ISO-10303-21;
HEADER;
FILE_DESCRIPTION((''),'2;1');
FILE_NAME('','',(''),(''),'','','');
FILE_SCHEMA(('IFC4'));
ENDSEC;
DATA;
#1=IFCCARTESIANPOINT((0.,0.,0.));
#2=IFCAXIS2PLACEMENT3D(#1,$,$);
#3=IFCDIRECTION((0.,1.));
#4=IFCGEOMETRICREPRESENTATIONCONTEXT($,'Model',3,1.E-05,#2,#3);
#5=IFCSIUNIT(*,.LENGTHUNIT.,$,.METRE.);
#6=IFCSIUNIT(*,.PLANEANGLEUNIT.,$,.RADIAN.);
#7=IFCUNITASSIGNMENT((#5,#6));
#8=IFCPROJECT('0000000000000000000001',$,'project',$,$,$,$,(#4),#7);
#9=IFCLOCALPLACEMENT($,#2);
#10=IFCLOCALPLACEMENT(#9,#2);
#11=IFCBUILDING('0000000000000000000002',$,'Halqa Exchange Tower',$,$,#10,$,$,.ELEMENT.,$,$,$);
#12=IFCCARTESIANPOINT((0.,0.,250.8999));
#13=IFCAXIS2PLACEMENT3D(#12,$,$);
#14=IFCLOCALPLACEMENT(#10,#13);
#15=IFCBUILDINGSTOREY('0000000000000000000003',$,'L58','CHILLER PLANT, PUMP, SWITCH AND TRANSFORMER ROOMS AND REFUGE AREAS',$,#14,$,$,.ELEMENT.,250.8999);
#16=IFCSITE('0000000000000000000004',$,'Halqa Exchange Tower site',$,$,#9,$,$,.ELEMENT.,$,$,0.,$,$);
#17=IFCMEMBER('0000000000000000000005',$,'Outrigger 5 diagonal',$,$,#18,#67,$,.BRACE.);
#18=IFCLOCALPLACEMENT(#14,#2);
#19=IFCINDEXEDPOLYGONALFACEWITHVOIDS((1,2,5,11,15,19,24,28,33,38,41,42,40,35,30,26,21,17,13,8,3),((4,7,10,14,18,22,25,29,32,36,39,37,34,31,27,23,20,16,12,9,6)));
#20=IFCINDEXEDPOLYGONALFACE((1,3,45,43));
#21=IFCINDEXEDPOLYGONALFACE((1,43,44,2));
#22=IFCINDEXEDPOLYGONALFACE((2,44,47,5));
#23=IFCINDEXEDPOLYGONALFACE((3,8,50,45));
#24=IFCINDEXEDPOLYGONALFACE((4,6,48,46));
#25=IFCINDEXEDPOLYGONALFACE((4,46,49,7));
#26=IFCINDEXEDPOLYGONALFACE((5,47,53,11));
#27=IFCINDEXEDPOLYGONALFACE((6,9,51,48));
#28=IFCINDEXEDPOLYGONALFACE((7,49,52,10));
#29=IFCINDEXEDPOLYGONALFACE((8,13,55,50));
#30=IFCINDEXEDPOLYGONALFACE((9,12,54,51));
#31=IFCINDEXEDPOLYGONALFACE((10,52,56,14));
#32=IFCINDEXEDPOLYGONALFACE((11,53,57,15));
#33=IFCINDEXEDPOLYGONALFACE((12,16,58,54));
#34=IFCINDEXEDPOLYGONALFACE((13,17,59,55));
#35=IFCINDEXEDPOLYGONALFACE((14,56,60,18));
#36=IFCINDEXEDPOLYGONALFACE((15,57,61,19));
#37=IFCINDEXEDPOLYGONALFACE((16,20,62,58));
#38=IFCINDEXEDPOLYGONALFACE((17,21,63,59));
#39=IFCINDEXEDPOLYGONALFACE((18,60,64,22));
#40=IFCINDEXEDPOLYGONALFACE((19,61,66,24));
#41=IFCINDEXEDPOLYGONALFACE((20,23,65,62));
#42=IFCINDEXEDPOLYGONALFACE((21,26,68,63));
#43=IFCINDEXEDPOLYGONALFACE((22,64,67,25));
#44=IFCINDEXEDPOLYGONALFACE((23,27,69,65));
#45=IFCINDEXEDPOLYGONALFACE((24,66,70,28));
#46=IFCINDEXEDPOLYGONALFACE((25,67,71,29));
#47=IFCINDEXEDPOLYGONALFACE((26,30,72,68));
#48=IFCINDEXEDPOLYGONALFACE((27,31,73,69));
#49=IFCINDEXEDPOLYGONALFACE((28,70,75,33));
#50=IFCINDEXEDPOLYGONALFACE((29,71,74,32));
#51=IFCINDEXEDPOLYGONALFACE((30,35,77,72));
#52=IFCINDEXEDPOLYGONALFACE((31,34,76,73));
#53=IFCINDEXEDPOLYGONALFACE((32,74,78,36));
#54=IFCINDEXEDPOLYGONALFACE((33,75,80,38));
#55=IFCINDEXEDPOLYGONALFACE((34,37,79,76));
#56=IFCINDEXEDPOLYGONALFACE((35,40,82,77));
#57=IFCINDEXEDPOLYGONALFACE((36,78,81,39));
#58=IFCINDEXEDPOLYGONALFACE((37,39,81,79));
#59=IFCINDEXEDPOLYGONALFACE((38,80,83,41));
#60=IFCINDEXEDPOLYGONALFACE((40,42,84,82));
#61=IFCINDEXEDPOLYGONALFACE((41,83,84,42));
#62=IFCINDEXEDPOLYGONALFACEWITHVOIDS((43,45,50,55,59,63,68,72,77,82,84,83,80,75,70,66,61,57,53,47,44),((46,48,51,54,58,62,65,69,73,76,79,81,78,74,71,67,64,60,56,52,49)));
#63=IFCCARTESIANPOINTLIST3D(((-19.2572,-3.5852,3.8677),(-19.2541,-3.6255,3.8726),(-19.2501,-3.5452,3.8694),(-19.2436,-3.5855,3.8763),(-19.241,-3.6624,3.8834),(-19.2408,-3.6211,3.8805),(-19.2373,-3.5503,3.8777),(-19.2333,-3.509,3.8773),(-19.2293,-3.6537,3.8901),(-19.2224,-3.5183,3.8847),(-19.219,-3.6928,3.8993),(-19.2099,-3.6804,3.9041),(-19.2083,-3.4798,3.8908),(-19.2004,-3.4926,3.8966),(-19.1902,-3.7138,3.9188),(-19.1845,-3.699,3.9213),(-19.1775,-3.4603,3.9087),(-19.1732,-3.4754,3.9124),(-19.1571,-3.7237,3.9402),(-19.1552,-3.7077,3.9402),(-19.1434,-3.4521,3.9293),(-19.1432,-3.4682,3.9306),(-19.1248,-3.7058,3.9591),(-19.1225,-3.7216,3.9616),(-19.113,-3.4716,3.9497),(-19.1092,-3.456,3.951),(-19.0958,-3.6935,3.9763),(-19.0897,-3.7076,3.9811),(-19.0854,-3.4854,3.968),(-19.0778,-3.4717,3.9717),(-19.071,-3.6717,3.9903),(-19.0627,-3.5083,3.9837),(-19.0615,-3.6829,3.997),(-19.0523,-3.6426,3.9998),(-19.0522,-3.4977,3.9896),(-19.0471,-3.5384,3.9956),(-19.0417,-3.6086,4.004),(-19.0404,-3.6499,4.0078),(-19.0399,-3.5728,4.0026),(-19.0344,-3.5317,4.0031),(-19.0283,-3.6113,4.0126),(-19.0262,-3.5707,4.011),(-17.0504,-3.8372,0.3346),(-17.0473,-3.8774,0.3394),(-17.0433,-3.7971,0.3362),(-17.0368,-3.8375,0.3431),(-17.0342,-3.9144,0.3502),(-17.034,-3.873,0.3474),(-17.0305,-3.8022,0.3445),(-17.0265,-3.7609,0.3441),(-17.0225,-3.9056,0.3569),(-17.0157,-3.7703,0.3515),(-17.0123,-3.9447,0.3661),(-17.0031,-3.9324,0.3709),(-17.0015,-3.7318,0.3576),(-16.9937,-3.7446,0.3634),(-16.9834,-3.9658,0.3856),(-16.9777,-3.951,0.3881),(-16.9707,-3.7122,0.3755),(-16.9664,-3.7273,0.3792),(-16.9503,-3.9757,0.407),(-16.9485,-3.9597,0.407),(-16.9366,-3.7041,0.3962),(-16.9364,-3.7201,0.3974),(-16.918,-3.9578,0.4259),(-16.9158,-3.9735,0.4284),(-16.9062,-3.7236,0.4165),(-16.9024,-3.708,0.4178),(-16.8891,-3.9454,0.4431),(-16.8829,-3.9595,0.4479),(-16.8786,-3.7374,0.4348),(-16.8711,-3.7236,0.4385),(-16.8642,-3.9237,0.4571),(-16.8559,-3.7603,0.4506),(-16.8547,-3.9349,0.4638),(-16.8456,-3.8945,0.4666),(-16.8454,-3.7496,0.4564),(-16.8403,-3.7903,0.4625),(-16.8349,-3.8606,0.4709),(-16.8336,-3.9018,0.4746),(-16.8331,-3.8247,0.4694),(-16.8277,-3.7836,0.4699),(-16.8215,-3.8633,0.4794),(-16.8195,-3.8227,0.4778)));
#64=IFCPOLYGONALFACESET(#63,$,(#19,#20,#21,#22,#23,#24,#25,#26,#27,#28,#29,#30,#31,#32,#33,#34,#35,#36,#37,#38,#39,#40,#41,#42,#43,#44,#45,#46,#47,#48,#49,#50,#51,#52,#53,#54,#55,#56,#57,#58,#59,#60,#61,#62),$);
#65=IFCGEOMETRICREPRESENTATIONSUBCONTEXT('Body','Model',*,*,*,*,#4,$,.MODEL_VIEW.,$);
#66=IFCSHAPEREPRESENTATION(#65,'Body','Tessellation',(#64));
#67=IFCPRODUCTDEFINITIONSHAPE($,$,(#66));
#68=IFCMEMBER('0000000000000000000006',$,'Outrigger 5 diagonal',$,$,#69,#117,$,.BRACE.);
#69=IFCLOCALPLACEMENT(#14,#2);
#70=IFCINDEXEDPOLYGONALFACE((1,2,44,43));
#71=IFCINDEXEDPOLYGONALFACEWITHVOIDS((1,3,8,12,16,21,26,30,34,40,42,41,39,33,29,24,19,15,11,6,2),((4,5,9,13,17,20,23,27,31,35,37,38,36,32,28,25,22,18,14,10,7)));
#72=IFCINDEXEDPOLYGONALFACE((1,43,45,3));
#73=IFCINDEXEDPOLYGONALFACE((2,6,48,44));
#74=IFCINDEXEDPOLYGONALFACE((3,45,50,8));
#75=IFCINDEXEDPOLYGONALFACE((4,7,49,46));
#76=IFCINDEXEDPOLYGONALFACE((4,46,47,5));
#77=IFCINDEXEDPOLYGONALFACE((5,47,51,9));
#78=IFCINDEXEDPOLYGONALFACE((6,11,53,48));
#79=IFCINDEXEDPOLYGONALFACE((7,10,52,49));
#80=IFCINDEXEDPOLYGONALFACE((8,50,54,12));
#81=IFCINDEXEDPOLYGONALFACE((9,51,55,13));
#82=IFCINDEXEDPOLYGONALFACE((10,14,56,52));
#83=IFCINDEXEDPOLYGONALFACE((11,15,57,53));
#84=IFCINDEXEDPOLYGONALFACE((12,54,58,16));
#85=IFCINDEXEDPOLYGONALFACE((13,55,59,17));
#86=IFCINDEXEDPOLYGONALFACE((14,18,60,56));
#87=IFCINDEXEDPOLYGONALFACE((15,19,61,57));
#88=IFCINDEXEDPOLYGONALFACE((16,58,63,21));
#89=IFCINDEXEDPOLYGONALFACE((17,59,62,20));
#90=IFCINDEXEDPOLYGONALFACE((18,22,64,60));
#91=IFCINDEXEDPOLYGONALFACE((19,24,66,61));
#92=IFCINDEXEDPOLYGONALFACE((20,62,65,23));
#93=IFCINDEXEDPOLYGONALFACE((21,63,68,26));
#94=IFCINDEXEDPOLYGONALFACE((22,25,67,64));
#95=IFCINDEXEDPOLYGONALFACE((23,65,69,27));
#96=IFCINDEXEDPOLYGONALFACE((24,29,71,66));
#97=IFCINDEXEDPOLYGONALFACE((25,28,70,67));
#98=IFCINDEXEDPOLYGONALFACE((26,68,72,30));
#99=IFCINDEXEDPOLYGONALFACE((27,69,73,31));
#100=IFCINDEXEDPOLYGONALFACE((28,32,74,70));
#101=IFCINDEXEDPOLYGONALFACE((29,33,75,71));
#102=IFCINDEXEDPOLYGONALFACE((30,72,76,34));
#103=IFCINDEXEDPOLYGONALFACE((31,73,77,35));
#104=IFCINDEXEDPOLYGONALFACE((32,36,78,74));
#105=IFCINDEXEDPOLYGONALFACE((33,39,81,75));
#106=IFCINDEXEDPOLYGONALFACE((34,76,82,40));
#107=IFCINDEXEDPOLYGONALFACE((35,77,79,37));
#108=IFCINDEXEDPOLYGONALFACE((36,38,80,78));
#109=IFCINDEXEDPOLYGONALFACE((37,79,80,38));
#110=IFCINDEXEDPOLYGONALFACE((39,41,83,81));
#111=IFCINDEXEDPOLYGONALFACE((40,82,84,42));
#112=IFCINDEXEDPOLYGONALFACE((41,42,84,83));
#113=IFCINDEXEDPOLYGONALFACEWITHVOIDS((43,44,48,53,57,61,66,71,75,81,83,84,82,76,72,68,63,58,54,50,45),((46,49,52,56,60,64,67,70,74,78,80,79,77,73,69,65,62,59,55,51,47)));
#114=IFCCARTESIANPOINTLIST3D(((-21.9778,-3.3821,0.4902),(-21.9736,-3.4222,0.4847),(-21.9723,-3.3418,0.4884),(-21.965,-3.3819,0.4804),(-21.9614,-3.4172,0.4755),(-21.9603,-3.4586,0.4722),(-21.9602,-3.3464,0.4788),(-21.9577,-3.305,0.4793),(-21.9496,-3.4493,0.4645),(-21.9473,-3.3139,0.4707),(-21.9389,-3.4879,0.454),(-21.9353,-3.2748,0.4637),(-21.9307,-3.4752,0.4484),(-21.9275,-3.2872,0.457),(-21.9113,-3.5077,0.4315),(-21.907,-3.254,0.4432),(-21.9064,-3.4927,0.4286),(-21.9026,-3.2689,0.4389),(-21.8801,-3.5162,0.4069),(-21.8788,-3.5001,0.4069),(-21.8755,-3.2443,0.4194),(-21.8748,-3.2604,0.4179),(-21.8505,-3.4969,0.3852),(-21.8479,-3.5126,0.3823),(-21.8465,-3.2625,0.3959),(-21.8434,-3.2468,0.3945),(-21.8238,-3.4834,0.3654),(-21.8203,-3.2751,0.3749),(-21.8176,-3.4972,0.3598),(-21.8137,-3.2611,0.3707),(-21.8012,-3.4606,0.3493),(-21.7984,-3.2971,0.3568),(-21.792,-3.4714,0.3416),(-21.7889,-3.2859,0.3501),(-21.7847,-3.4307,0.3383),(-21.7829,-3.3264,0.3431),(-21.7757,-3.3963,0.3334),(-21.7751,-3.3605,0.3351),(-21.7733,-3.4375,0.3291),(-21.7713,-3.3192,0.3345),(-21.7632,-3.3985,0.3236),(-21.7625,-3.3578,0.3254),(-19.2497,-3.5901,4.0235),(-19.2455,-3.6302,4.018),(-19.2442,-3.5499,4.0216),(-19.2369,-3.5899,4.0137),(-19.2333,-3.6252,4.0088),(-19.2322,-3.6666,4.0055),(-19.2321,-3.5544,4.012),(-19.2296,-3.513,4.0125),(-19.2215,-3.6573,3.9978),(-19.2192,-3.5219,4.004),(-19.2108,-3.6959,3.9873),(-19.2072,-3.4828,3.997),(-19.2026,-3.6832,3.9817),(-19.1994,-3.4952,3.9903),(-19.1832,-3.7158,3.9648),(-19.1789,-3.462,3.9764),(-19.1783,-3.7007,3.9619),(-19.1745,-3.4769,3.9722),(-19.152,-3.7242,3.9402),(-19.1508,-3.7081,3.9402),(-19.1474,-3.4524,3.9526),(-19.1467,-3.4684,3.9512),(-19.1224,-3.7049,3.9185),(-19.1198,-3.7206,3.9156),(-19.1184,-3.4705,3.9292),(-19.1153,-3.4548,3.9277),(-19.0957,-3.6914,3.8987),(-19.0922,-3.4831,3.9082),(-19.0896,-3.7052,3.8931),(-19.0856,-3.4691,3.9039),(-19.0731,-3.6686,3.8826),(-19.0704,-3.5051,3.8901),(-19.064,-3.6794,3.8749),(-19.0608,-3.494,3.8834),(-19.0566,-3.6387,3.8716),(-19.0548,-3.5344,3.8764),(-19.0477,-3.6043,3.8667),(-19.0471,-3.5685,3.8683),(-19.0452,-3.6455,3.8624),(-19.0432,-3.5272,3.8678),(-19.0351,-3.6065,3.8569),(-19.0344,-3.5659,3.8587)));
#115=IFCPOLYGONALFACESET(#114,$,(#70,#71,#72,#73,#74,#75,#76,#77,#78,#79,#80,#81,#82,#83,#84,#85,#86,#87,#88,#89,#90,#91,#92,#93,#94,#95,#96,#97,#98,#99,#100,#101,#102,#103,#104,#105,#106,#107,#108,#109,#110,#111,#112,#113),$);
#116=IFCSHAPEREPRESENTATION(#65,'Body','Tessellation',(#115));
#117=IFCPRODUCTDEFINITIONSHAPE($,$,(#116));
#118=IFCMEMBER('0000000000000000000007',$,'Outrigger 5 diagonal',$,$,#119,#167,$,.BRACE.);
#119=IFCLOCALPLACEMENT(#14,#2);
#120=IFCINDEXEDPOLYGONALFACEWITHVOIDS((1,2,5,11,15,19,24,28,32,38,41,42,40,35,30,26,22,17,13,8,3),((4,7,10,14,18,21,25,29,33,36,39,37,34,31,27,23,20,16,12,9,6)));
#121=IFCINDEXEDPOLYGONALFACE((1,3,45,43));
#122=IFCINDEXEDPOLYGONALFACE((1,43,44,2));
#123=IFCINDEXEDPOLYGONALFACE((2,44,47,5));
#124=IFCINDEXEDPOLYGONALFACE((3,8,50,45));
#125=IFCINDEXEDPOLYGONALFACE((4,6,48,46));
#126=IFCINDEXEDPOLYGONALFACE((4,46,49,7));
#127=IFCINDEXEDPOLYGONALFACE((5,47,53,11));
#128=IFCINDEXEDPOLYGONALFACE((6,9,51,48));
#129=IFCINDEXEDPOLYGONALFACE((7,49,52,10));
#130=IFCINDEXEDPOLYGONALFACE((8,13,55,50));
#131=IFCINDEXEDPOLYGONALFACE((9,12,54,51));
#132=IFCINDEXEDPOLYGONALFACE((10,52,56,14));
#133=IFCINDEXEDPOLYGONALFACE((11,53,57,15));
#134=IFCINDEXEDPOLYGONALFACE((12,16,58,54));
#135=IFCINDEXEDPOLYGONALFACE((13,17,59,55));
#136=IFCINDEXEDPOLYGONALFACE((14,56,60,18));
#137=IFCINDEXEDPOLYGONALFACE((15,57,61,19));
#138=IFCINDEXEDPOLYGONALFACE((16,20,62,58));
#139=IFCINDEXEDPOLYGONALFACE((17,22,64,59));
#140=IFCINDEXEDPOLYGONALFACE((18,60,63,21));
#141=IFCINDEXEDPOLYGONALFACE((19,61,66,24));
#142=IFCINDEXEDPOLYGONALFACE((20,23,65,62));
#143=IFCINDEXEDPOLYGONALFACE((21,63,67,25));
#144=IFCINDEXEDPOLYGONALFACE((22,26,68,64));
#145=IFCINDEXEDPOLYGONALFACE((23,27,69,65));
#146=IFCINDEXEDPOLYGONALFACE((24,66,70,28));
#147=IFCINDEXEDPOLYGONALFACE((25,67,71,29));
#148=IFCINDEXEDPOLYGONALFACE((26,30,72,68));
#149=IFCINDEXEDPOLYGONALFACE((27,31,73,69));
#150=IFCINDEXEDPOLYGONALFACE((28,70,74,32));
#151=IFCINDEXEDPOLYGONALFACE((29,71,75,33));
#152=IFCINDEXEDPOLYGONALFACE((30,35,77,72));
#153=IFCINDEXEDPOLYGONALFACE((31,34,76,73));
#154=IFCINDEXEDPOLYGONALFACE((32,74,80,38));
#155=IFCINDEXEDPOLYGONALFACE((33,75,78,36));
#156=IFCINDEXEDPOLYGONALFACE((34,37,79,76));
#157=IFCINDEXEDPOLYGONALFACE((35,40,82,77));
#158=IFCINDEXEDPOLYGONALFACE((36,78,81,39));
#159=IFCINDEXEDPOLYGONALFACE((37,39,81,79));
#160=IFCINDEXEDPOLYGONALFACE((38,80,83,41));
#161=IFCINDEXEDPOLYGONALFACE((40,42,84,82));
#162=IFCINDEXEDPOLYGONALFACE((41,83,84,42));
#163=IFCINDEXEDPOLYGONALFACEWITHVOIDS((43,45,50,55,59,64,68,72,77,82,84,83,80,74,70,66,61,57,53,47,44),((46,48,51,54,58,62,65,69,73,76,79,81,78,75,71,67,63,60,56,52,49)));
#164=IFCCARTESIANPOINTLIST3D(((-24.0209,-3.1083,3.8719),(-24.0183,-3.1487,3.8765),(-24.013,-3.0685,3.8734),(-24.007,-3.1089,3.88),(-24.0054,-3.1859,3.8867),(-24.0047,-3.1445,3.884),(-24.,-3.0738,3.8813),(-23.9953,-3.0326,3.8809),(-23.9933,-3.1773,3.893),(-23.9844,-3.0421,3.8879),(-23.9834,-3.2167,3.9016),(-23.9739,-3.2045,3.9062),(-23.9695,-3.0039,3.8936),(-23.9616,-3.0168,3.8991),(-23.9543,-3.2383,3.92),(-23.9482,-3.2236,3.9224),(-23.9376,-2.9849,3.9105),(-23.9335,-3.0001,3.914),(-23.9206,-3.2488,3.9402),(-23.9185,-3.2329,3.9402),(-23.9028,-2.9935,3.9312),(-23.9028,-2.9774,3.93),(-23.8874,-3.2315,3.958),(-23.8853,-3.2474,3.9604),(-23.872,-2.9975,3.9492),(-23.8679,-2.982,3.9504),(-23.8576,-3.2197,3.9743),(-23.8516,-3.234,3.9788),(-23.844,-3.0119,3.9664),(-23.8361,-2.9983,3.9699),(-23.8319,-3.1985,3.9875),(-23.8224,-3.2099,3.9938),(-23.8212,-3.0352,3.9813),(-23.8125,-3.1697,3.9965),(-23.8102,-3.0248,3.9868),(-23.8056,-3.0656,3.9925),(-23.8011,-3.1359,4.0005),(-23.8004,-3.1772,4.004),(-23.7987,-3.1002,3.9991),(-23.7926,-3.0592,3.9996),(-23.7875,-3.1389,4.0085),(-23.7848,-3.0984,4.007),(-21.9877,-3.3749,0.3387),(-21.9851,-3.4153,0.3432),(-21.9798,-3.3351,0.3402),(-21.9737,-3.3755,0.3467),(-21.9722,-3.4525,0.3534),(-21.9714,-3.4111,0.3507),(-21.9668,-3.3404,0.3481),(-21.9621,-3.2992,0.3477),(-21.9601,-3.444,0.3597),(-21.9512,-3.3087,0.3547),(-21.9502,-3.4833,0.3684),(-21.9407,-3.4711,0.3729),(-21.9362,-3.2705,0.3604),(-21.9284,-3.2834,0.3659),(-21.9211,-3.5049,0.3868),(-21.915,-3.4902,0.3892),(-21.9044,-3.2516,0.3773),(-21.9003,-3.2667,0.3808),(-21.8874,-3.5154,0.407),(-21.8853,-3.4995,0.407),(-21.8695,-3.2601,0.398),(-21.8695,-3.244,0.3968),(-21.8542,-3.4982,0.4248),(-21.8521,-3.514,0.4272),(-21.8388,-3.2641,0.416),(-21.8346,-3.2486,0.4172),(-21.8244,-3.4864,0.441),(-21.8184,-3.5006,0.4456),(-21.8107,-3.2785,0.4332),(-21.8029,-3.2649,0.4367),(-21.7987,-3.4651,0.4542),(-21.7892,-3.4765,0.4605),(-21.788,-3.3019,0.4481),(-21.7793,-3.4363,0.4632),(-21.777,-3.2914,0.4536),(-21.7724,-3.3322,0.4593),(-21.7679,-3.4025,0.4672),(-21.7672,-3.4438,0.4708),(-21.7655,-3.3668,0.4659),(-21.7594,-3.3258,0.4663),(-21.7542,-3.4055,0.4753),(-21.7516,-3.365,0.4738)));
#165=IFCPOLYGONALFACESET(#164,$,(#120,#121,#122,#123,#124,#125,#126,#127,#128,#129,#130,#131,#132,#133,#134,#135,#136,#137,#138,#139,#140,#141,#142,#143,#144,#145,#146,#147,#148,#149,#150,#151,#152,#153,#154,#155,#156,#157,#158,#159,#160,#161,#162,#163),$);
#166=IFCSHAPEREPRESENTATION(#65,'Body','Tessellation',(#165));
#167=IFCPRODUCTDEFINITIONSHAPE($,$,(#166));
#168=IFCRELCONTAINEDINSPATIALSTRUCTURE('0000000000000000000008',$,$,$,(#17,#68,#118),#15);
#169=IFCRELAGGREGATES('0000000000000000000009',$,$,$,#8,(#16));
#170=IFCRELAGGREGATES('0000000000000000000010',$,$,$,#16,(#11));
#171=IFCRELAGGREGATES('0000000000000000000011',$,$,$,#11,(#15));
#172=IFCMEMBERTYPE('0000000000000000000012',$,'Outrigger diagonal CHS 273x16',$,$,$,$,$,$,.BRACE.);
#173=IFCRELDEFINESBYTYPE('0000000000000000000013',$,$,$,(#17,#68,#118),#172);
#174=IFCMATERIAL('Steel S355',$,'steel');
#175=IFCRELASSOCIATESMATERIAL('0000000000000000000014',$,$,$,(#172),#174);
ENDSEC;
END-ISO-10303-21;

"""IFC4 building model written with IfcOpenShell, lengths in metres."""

from ifc_helpers import new_model, si_unit, direction, frame, origin, origin_2d, place, context, subcontext, project, spatial, hollow_circle, extrude, material, material_profile, profile_set, type_object, element, save


model = new_model("IFC4")

# Units and contexts
model_context = context("Model", 3, precision=1e-05, world=origin(), true_north=direction((0.0, 1.0)))
body_context = subcontext(model_context, "Body", "Model", "MODEL_VIEW")
ifc_project = project(units=[si_unit("LENGTHUNIT", "METRE"), si_unit("PLANEANGLEUNIT", "RADIAN")], contexts=[model_context])

# Site, building, storey
site_placement = place(None, origin())
site = spatial("IfcSite", under=ifc_project, at=site_placement, Name="Halqa Exchange Tower site", CompositionType="ELEMENT", RefElevation=0.0)
building_placement = place(site_placement, origin())
building = spatial("IfcBuilding", under=site, at=building_placement, Name="Halqa Exchange Tower", CompositionType="ELEMENT")
storey_placement = place(building_placement, frame((0.0, 0.0, 250.8999)))
storey = spatial("IfcBuildingStorey", under=building, at=storey_placement, Name="L58", Description="CHILLER PLANT, PUMP, SWITCH AND TRANSFORMER ROOMS AND REFUGE AREAS", CompositionType="ELEMENT", Elevation=250.8999)

# Members
ifc_material_1 = material(Name="Steel S355", Category="steel")
ifc_material_profile_1 = material_profile(ifc_material_1, hollow_circle(Radius=0.1365, WallThickness=0.0161, at=origin_2d()), Name="CHS 273x16")
ifc_profile_set_1 = profile_set([ifc_material_profile_1], Name="Steel S355")
member_type_1 = type_object("IfcMemberType", Name="Outrigger diagonal CHS 273x16", PredefinedType="BRACE", material=ifc_profile_set_1)
member_1_placement = place(storey_placement, frame((-16.9348, -3.8401, 0.407), z_axis=(-0.52878, 0.060372, 0.846609), x_axis=(-0.113435, -0.993545, 0.0)))
element("IfcMember", 1, at=member_1_placement, inside=storey, type_object=member_type_1, Name="Outrigger 5 diagonal", PredefinedType="BRACE", context=body_context, shape_type="SweptSolid", body=[
    extrude(hollow_circle(Radius=0.1365, WallThickness=0.0161, at=origin_2d()), origin(), (0.0, 0.0, 1.0), 4.1733),
])
member_2_placement = place(storey_placement, frame((-19.1416, -3.5881, 3.9402), z_axis=(-0.61048, 0.046548, -0.790663), x_axis=(-0.076028, -0.997106, 0.0)))
element("IfcMember", 2, at=member_2_placement, inside=storey, type_object=member_type_1, Name="Outrigger 5 diagonal", PredefinedType="BRACE", context=body_context, shape_type="SweptSolid", body=[
    extrude(hollow_circle(Radius=0.1365, WallThickness=0.0161, at=origin_2d()), origin(), (0.0, 0.0, 1.0), 4.4688),
])
member_3_placement = place(storey_placement, frame((-21.8696, -3.3801, 0.407), z_axis=(-0.497705, 0.065261, 0.864888), x_axis=(-0.130011, -0.991513, 0.0)))
element("IfcMember", 3, at=member_3_placement, inside=storey, type_object=member_type_1, Name="Outrigger 5 diagonal", PredefinedType="BRACE", context=body_context, shape_type="SweptSolid", body=[
    extrude(hollow_circle(Radius=0.1365, WallThickness=0.0161, at=origin_2d()), origin(), (0.0, 0.0, 1.0), 4.0852),
])

save(model, "model.ifc")
